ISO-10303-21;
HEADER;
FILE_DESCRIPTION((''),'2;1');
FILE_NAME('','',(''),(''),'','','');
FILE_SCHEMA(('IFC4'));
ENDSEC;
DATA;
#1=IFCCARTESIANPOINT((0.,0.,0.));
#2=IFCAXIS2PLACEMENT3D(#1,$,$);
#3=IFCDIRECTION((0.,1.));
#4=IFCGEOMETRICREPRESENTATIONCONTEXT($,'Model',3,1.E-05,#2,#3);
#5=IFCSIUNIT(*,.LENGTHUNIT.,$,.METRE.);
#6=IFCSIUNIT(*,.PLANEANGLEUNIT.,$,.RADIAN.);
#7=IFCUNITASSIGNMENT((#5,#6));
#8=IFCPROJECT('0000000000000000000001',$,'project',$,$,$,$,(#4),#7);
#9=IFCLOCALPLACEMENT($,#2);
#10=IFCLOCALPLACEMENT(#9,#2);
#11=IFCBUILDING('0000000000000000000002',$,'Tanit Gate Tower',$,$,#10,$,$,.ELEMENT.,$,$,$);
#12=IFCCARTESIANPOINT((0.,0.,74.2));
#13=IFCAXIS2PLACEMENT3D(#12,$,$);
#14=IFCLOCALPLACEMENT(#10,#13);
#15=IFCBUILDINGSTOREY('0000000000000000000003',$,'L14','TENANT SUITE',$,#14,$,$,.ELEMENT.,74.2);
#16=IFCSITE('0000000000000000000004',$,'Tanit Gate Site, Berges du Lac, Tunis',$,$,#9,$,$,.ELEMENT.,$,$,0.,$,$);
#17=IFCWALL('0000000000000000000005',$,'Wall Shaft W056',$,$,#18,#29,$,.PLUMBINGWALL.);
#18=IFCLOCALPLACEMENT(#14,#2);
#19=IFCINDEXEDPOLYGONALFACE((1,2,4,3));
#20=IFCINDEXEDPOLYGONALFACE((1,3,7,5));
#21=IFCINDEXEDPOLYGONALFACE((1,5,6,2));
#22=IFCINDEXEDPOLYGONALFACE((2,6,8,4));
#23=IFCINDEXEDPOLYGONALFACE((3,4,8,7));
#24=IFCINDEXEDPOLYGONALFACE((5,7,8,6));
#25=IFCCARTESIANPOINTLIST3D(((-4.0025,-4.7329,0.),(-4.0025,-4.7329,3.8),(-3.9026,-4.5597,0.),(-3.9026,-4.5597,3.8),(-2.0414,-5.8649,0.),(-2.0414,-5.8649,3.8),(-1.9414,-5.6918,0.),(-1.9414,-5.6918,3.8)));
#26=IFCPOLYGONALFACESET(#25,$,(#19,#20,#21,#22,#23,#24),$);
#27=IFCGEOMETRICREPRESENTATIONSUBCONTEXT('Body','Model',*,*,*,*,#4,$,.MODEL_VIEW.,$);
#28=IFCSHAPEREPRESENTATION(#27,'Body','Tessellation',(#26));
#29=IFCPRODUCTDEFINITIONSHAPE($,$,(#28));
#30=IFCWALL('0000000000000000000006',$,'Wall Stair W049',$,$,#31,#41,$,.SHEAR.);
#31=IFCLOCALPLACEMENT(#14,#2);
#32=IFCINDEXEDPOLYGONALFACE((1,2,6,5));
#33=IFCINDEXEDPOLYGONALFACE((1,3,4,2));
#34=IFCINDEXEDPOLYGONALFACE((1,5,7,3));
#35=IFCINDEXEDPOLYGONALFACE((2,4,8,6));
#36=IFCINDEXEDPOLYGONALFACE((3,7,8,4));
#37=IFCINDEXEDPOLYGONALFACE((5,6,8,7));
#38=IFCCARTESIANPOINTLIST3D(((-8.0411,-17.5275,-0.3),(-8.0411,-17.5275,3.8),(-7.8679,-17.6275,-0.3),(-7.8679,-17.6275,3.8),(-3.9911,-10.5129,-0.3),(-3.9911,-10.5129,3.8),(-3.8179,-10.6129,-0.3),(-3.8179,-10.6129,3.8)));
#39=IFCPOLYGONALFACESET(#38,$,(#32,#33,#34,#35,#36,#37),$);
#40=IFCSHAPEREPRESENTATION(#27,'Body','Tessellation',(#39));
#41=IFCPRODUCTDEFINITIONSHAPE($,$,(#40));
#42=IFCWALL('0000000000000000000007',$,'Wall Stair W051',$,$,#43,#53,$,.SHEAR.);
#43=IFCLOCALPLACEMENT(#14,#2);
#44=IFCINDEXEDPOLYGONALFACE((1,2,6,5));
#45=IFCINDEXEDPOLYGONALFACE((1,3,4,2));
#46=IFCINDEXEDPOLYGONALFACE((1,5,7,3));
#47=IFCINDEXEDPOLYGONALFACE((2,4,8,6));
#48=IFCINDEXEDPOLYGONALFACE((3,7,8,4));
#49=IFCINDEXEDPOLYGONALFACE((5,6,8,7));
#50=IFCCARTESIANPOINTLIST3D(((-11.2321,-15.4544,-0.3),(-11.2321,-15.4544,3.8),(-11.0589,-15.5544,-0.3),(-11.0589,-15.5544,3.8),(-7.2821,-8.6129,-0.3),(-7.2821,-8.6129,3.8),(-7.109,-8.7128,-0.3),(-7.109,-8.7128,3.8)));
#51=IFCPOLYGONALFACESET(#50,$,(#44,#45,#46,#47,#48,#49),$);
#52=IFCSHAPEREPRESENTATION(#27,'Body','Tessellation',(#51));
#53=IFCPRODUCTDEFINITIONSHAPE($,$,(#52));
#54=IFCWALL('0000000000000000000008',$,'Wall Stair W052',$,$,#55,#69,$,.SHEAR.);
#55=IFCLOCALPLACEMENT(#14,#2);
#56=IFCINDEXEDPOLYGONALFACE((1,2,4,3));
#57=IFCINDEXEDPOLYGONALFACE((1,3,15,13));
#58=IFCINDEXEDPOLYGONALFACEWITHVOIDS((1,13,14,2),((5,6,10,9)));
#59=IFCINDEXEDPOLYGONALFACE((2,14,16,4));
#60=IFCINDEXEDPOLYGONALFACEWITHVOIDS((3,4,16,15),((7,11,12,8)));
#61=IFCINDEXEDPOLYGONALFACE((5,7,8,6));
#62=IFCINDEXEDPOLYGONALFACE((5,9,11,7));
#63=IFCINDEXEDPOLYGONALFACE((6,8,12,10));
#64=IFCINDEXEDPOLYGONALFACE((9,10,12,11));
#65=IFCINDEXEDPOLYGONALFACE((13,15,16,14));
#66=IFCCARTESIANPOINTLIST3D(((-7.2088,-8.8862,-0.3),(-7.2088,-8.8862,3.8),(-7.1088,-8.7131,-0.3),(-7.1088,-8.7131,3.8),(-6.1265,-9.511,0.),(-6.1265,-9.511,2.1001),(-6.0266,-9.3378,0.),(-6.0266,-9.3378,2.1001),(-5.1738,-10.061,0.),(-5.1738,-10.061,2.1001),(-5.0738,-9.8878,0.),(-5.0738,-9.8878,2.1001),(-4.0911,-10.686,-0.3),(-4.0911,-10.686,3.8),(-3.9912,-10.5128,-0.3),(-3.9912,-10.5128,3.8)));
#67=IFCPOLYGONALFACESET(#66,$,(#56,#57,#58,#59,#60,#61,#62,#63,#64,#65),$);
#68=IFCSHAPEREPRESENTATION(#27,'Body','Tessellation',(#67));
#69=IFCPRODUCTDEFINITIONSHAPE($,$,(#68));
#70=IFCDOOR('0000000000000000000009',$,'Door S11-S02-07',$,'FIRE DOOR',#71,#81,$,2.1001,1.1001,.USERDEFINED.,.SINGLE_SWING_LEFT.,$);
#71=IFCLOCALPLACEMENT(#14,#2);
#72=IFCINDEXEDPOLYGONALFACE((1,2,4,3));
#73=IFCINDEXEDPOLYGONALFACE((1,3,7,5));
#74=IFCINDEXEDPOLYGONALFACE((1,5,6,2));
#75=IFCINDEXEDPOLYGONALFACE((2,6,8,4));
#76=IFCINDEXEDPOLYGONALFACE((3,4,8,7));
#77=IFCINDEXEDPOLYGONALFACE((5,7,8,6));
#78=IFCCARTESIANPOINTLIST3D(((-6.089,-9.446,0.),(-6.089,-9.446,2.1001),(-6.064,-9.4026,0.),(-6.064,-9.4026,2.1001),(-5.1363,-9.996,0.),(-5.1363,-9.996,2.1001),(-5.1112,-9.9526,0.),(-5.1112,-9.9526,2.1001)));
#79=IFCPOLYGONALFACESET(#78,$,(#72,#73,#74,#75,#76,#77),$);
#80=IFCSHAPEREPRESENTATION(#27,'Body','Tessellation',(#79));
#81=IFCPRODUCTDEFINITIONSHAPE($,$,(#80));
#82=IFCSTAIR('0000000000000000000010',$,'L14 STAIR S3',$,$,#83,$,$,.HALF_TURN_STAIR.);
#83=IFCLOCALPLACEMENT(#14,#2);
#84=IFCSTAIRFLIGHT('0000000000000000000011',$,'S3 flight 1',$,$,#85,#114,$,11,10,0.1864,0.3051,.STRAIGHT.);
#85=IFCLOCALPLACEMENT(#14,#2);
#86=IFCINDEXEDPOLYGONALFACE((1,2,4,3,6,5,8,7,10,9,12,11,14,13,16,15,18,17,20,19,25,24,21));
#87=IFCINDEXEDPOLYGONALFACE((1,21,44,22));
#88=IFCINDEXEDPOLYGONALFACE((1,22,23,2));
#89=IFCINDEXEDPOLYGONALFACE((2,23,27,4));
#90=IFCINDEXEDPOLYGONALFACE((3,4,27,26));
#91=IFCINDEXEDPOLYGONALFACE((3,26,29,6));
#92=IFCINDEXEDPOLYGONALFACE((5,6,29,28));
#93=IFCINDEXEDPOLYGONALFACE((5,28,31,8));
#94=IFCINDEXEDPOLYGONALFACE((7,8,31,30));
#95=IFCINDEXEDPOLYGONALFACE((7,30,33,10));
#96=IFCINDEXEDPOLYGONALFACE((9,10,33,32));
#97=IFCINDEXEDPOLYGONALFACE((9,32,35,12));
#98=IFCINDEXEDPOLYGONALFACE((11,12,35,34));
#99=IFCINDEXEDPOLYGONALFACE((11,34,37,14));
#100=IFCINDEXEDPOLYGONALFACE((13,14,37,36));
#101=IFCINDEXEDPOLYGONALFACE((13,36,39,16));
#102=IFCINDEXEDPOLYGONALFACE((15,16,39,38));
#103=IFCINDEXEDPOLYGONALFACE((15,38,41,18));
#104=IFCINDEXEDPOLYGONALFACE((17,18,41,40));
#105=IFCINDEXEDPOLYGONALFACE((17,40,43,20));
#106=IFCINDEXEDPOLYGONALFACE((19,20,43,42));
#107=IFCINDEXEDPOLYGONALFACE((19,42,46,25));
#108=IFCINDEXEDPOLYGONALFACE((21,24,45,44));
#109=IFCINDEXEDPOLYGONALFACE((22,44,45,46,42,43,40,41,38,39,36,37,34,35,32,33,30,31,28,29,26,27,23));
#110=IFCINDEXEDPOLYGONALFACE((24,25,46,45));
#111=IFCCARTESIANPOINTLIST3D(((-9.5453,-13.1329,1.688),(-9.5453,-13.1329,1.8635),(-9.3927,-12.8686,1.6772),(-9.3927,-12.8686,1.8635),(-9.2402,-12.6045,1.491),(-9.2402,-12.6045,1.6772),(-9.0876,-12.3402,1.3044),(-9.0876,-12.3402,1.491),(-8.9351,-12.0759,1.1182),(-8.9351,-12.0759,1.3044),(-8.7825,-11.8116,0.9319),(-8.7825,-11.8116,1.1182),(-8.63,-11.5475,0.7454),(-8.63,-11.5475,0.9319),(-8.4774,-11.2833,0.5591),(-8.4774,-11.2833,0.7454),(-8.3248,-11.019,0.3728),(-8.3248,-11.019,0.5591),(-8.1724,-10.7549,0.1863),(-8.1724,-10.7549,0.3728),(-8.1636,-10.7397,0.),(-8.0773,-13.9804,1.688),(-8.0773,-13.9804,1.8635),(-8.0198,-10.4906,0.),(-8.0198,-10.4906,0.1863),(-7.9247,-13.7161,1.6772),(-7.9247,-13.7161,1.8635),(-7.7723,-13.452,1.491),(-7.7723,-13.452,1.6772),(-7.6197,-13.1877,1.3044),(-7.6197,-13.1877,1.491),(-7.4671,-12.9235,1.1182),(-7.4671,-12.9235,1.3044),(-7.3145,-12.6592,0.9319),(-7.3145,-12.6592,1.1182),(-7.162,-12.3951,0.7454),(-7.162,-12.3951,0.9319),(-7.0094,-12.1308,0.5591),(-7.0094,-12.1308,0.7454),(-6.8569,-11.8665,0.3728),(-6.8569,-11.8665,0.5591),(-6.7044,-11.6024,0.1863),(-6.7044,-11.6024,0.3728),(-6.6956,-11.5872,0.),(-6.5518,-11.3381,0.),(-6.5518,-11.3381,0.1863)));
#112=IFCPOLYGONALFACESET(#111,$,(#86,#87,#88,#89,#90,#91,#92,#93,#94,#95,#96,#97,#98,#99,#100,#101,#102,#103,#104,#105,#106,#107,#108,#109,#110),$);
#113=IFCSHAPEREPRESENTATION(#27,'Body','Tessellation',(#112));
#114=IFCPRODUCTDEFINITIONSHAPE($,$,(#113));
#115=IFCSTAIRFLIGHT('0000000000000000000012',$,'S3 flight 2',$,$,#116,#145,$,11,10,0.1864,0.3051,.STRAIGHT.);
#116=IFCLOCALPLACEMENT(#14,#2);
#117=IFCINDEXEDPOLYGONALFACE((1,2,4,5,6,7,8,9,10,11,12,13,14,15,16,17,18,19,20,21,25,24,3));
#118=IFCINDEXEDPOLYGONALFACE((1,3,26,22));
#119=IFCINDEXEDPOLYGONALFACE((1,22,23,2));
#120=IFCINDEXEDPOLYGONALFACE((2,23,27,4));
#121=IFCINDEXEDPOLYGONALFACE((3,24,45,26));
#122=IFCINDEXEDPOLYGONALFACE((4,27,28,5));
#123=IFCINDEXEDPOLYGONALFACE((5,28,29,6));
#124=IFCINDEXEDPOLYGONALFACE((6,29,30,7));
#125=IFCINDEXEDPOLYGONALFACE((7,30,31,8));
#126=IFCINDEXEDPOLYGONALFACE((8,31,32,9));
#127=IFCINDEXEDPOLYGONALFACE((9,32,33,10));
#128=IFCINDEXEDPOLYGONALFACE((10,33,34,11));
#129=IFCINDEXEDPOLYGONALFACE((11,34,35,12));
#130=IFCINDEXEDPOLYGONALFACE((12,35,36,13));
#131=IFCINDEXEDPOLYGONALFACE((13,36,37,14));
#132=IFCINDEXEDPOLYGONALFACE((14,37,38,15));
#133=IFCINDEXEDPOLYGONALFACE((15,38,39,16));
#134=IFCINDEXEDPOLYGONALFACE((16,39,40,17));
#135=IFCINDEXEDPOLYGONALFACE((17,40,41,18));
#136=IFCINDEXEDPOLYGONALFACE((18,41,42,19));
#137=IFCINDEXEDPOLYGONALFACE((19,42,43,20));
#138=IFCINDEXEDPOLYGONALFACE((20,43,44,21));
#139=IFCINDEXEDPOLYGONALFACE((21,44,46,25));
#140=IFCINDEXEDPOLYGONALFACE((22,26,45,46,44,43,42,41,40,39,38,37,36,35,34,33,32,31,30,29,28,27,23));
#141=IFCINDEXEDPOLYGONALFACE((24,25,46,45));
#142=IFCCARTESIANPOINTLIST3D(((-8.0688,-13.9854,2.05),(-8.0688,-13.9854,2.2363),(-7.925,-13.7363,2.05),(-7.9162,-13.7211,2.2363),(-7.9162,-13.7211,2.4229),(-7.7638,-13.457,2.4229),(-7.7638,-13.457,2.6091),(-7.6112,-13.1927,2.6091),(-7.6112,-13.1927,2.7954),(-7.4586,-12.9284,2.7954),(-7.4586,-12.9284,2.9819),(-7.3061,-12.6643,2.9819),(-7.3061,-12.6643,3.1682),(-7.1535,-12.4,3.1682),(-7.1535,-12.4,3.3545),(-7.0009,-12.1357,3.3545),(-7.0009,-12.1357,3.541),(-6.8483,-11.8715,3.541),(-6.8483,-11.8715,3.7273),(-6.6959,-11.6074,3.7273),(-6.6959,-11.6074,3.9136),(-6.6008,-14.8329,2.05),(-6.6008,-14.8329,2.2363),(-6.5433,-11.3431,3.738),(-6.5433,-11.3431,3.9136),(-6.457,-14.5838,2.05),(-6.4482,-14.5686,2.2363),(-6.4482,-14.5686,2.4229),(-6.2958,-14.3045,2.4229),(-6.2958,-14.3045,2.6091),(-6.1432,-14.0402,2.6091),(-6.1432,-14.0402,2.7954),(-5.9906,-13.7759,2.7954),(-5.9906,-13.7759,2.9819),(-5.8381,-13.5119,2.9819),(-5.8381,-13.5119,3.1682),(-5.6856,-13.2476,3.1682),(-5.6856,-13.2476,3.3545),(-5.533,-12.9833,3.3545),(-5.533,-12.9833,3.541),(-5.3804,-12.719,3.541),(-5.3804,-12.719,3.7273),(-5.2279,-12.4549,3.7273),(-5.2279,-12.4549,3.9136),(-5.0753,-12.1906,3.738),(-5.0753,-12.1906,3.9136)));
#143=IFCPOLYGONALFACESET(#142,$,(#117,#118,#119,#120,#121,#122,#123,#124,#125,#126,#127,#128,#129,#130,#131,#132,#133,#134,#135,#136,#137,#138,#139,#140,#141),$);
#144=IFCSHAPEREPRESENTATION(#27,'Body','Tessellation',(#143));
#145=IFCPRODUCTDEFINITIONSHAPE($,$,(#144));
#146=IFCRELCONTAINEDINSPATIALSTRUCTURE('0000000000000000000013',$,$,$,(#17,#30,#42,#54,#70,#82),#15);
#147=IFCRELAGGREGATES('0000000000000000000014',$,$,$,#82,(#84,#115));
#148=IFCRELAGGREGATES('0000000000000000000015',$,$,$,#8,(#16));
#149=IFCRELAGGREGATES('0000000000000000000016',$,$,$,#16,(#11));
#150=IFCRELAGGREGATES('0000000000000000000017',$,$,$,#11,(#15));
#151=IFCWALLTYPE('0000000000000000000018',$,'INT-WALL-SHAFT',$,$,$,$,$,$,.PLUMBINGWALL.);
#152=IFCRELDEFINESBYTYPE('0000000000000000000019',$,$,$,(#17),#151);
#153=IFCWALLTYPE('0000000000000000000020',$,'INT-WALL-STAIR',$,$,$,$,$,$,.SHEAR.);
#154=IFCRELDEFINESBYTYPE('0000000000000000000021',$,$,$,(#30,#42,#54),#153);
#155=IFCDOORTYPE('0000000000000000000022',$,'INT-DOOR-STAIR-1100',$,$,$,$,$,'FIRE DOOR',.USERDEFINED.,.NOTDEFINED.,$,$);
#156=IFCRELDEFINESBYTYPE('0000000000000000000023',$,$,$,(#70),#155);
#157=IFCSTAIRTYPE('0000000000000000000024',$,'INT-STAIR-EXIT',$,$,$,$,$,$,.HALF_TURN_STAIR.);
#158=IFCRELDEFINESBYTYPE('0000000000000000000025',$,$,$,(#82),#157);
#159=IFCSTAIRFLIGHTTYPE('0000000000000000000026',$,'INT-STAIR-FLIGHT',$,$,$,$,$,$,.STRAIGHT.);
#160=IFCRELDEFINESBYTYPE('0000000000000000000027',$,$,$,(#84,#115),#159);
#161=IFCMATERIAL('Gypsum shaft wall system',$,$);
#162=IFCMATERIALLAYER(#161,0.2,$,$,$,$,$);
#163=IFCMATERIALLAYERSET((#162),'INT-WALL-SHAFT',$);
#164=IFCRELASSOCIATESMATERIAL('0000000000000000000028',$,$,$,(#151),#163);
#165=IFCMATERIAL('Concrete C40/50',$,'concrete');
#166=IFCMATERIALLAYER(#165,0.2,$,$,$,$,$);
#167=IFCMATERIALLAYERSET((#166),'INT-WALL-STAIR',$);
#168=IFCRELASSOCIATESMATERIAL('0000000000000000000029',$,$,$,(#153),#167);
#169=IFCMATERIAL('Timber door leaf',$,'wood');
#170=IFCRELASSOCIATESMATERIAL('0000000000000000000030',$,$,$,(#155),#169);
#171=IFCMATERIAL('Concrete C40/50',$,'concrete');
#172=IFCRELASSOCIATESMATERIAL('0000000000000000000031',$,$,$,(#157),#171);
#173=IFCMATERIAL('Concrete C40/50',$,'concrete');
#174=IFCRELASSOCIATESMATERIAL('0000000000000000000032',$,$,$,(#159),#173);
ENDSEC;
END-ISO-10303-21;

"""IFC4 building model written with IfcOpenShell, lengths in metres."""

from ifc_helpers import new_model, si_unit, direction, frame, frame_2d, origin, place, context, subcontext, project, spatial, polyline, rectangle, outline, extrude, material, layer, layer_set, type_object, element, fill, aggregate, save


model = new_model("IFC4")

# Units and contexts
model_context = context("Model", 3, precision=1e-05, world=origin(), true_north=direction((0.0, 1.0)))
body_context = subcontext(model_context, "Body", "Model", "MODEL_VIEW")
ifc_project = project(units=[si_unit("LENGTHUNIT", "METRE"), si_unit("PLANEANGLEUNIT", "RADIAN")], contexts=[model_context])

# Site, building, storey
site_placement = place(None, origin())
site = spatial("IfcSite", under=ifc_project, at=site_placement, Name="Tanit Gate Site, Berges du Lac, Tunis", CompositionType="ELEMENT", RefElevation=0.0)
building_placement = place(site_placement, origin())
building = spatial("IfcBuilding", under=site, at=building_placement, Name="Tanit Gate Tower", CompositionType="ELEMENT")
storey_placement = place(building_placement, frame((0.0, 0.0, 74.2)))
storey = spatial("IfcBuildingStorey", under=building, at=storey_placement, Name="L14", Description="TENANT SUITE", CompositionType="ELEMENT", Elevation=74.2)

# Shared definitions
ifc_material_1 = material(Name="Gypsum shaft wall system")
ifc_layer_1 = layer(ifc_material_1, 0.2)
ifc_layer_set_1 = layer_set([ifc_layer_1], Name="INT-WALL-SHAFT")
wall_type_1 = type_object("IfcWallType", Name="INT-WALL-SHAFT", PredefinedType="PLUMBINGWALL", material=ifc_layer_set_1)

# Walls
wall_1_placement = place(storey_placement, frame((-3.9526, -4.6462, 0.0), z_axis=(0.0, 0.0, 1.0), x_axis=(0.866065, -0.499931, 0.0)))
element("IfcWall", 1, at=wall_1_placement, inside=storey, type_object=wall_type_1, Name="Wall Shaft W056", PredefinedType="PLUMBINGWALL", context=body_context, shape_type="SweptSolid", body=[
    extrude(rectangle(XDim=2.2644, YDim=0.2, at=frame_2d((1.1323, 0.0))), origin(), (0.0, 0.0, 1.0), 3.8),
])
ifc_material_2 = material(Name="Concrete C40/50", Category="concrete")
ifc_layer_2 = layer(ifc_material_2, 0.2)
ifc_layer_set_2 = layer_set([ifc_layer_2], Name="INT-WALL-STAIR")
wall_type_2 = type_object("IfcWallType", Name="INT-WALL-STAIR", PredefinedType="SHEAR", material=ifc_layer_set_2)
wall_2_placement = place(storey_placement, frame((-3.9045, -10.563, -0.3), z_axis=(0.0, 0.0, 1.0), x_axis=(-0.500013, -0.866018, 0.0)))
element("IfcWall", 2, at=wall_2_placement, inside=storey, type_object=wall_type_2, Name="Wall Stair W049", PredefinedType="SHEAR", context=body_context, shape_type="SweptSolid", body=[
    extrude(rectangle(XDim=8.0999, YDim=0.2, at=frame_2d((4.0498, 0.0))), origin(), (0.0, 0.0, 1.0), 4.1001),
])
wall_3_placement = place(storey_placement, frame((-7.1956, -8.6628, -0.3), z_axis=(0.0, 0.0, 1.0), x_axis=(-0.499998, -0.866027, 0.0)))
element("IfcWall", 3, at=wall_3_placement, inside=storey, type_object=wall_type_2, Name="Wall Stair W051", PredefinedType="SHEAR", context=body_context, shape_type="SweptSolid", body=[
    extrude(rectangle(XDim=7.8999, YDim=0.2, at=frame_2d((3.95, 0.0))), origin(), (0.0, 0.0, 1.0), 4.1001),
])

# Wall, opening, door
wall_4_placement = place(storey_placement, frame((-4.0413, -10.5994, -0.3), z_axis=(0.0, 0.0, 1.0), x_axis=(-0.866048, 0.499961, 0.0)))
wall_4 = element("IfcWall", 4, at=wall_4_placement, inside=storey, type_object=wall_type_2, Name="Wall Stair W052", PredefinedType="SHEAR", context=body_context, shape_type="SweptSolid", body=[
    extrude(rectangle(XDim=3.5999, YDim=0.2, at=frame_2d((1.7998, 0.0))), origin(), (0.0, 0.0, 1.0), 4.1001),
])
opening_1_placement = place(wall_4_placement, frame((1.25, 0.0, 0.3)))
opening_1 = element("IfcOpeningElement", 5, at=opening_1_placement, cuts=wall_4, PredefinedType="OPENING", context=body_context, shape_type="SweptSolid", body=[
    extrude(rectangle(XDim=1.1001, YDim=2.1001, at=frame_2d((0.55, 1.05))), frame((0.0, 0.1099, 0.0), z_axis=(0.0, -1.0, 0.0), x_axis=(1.0, 0.0, 0.0)), (0.0, 0.0, 1.0), 0.22),
])
ifc_material_3 = material(Name="Timber door leaf", Category="wood")
door_type_1 = type_object("IfcDoorType", Name="INT-DOOR-STAIR-1100", ElementType="FIRE DOOR", OperationType="NOTDEFINED", PredefinedType="USERDEFINED", material=ifc_material_3)
door_1_placement = place(opening_1_placement, origin())
door_1 = element("IfcDoor", 6, at=door_1_placement, inside=storey, type_object=door_type_1, Name="Door S11-S02-07", ObjectType="FIRE DOOR", OperationType="SINGLE_SWING_LEFT", OverallHeight=2.1001, OverallWidth=1.1001, PredefinedType="USERDEFINED", context=body_context, shape_type="SweptSolid", body=[
    extrude(rectangle(XDim=1.1001, YDim=2.1001, at=frame_2d((0.55, 1.05))), frame((0.0, 0.0249, 0.0), z_axis=(0.0, -1.0, 0.0), x_axis=(1.0, 0.0, 0.0)), (0.0, 0.0, 1.0), 0.05),
])
fill(opening_1, door_1)

# Stair, stair flights
ifc_material_4 = material(Name="Concrete C40/50", Category="concrete")
stair_type = type_object("IfcStairType", Name="INT-STAIR-EXIT", PredefinedType="HALF_TURN_STAIR", material=ifc_material_4)
stair_placement = place(storey_placement, origin())
stair = element("IfcStair", 7, at=stair_placement, inside=storey, type_object=stair_type, Name="L14 STAIR S3", PredefinedType="HALF_TURN_STAIR")
ifc_material_5 = material(Name="Concrete C40/50", Category="concrete")
stair_flight_type = type_object("IfcStairFlightType", Name="INT-STAIR-FLIGHT", PredefinedType="STRAIGHT", material=ifc_material_5)
stair_flight_1_placement = place(storey_placement, frame((-7.2859, -10.9143, 0.0), z_axis=(0.0, 0.0, 1.0), x_axis=(-0.5, -0.866025, 0.0)))
stair_flight_1 = element("IfcStairFlight", 8, at=stair_flight_1_placement, type_object=stair_flight_type, Name="S3 flight 1", NumberOfRisers=11, NumberOfTreads=10, PredefinedType="STRAIGHT", RiserHeight=0.1864, TreadLength=0.3051, context=body_context, shape_type="SweptSolid", body=[
    extrude(outline(polyline([(0.0, 0.0), (0.0, 0.1863), (0.3052, 0.1863), (0.3052, 0.3728), (0.6101, 0.3728), (0.6101, 0.5591), (0.9153, 0.5591), (0.9153, 0.7454), (1.2205, 0.7454), (1.2205, 0.9319), (1.5254, 0.9319), (1.5254, 1.1182), (1.8306, 1.1182), (1.8306, 1.3044), (2.1357, 1.3044), (2.1357, 1.491), (2.4409, 1.491), (2.4409, 1.6772), (2.7458, 1.6772), (2.7458, 1.8635), (3.051, 1.8635), (3.051, 2.05), (3.051, 1.688), (0.2876, 0.0), (0.0, 0.0)])), frame((0.0, 0.8477, 0.0), z_axis=(0.0, -1.0, 0.0), x_axis=(1.0, 0.0, 0.0)), (0.0, 0.0, 1.0), 1.6951),
])
stair_flight_2_placement = place(storey_placement, frame((-7.3347, -14.4092, 2.05), z_axis=(0.0, 0.0, 1.0), x_axis=(0.5, 0.866025, 0.0)))
stair_flight_2 = element("IfcStairFlight", 9, at=stair_flight_2_placement, type_object=stair_flight_type, Name="S3 flight 2", NumberOfRisers=11, NumberOfTreads=10, PredefinedType="STRAIGHT", RiserHeight=0.1864, TreadLength=0.3051, context=body_context, shape_type="SweptSolid", body=[
    extrude(outline(polyline([(0.0, 0.0), (0.0, 0.1863), (0.3052, 0.1863), (0.3052, 0.3728), (0.6101, 0.3728), (0.6101, 0.5591), (0.9153, 0.5591), (0.9153, 0.7454), (1.2205, 0.7454), (1.2205, 0.9319), (1.5254, 0.9319), (1.5254, 1.1182), (1.8306, 1.1182), (1.8306, 1.3044), (2.1357, 1.3044), (2.1357, 1.491), (2.4409, 1.491), (2.4409, 1.6772), (2.7458, 1.6772), (2.7458, 1.8635), (3.051, 1.8635), (3.051, 2.05), (3.051, 1.688), (0.2876, 0.0), (0.0, 0.0)])), frame((0.0, 0.8477, 0.0), z_axis=(0.0, -1.0, 0.0), x_axis=(1.0, 0.0, 0.0)), (0.0, 0.0, 1.0), 1.6951),
])
aggregate(stair, [stair_flight_1, stair_flight_2])

save(model, "model.ifc")
